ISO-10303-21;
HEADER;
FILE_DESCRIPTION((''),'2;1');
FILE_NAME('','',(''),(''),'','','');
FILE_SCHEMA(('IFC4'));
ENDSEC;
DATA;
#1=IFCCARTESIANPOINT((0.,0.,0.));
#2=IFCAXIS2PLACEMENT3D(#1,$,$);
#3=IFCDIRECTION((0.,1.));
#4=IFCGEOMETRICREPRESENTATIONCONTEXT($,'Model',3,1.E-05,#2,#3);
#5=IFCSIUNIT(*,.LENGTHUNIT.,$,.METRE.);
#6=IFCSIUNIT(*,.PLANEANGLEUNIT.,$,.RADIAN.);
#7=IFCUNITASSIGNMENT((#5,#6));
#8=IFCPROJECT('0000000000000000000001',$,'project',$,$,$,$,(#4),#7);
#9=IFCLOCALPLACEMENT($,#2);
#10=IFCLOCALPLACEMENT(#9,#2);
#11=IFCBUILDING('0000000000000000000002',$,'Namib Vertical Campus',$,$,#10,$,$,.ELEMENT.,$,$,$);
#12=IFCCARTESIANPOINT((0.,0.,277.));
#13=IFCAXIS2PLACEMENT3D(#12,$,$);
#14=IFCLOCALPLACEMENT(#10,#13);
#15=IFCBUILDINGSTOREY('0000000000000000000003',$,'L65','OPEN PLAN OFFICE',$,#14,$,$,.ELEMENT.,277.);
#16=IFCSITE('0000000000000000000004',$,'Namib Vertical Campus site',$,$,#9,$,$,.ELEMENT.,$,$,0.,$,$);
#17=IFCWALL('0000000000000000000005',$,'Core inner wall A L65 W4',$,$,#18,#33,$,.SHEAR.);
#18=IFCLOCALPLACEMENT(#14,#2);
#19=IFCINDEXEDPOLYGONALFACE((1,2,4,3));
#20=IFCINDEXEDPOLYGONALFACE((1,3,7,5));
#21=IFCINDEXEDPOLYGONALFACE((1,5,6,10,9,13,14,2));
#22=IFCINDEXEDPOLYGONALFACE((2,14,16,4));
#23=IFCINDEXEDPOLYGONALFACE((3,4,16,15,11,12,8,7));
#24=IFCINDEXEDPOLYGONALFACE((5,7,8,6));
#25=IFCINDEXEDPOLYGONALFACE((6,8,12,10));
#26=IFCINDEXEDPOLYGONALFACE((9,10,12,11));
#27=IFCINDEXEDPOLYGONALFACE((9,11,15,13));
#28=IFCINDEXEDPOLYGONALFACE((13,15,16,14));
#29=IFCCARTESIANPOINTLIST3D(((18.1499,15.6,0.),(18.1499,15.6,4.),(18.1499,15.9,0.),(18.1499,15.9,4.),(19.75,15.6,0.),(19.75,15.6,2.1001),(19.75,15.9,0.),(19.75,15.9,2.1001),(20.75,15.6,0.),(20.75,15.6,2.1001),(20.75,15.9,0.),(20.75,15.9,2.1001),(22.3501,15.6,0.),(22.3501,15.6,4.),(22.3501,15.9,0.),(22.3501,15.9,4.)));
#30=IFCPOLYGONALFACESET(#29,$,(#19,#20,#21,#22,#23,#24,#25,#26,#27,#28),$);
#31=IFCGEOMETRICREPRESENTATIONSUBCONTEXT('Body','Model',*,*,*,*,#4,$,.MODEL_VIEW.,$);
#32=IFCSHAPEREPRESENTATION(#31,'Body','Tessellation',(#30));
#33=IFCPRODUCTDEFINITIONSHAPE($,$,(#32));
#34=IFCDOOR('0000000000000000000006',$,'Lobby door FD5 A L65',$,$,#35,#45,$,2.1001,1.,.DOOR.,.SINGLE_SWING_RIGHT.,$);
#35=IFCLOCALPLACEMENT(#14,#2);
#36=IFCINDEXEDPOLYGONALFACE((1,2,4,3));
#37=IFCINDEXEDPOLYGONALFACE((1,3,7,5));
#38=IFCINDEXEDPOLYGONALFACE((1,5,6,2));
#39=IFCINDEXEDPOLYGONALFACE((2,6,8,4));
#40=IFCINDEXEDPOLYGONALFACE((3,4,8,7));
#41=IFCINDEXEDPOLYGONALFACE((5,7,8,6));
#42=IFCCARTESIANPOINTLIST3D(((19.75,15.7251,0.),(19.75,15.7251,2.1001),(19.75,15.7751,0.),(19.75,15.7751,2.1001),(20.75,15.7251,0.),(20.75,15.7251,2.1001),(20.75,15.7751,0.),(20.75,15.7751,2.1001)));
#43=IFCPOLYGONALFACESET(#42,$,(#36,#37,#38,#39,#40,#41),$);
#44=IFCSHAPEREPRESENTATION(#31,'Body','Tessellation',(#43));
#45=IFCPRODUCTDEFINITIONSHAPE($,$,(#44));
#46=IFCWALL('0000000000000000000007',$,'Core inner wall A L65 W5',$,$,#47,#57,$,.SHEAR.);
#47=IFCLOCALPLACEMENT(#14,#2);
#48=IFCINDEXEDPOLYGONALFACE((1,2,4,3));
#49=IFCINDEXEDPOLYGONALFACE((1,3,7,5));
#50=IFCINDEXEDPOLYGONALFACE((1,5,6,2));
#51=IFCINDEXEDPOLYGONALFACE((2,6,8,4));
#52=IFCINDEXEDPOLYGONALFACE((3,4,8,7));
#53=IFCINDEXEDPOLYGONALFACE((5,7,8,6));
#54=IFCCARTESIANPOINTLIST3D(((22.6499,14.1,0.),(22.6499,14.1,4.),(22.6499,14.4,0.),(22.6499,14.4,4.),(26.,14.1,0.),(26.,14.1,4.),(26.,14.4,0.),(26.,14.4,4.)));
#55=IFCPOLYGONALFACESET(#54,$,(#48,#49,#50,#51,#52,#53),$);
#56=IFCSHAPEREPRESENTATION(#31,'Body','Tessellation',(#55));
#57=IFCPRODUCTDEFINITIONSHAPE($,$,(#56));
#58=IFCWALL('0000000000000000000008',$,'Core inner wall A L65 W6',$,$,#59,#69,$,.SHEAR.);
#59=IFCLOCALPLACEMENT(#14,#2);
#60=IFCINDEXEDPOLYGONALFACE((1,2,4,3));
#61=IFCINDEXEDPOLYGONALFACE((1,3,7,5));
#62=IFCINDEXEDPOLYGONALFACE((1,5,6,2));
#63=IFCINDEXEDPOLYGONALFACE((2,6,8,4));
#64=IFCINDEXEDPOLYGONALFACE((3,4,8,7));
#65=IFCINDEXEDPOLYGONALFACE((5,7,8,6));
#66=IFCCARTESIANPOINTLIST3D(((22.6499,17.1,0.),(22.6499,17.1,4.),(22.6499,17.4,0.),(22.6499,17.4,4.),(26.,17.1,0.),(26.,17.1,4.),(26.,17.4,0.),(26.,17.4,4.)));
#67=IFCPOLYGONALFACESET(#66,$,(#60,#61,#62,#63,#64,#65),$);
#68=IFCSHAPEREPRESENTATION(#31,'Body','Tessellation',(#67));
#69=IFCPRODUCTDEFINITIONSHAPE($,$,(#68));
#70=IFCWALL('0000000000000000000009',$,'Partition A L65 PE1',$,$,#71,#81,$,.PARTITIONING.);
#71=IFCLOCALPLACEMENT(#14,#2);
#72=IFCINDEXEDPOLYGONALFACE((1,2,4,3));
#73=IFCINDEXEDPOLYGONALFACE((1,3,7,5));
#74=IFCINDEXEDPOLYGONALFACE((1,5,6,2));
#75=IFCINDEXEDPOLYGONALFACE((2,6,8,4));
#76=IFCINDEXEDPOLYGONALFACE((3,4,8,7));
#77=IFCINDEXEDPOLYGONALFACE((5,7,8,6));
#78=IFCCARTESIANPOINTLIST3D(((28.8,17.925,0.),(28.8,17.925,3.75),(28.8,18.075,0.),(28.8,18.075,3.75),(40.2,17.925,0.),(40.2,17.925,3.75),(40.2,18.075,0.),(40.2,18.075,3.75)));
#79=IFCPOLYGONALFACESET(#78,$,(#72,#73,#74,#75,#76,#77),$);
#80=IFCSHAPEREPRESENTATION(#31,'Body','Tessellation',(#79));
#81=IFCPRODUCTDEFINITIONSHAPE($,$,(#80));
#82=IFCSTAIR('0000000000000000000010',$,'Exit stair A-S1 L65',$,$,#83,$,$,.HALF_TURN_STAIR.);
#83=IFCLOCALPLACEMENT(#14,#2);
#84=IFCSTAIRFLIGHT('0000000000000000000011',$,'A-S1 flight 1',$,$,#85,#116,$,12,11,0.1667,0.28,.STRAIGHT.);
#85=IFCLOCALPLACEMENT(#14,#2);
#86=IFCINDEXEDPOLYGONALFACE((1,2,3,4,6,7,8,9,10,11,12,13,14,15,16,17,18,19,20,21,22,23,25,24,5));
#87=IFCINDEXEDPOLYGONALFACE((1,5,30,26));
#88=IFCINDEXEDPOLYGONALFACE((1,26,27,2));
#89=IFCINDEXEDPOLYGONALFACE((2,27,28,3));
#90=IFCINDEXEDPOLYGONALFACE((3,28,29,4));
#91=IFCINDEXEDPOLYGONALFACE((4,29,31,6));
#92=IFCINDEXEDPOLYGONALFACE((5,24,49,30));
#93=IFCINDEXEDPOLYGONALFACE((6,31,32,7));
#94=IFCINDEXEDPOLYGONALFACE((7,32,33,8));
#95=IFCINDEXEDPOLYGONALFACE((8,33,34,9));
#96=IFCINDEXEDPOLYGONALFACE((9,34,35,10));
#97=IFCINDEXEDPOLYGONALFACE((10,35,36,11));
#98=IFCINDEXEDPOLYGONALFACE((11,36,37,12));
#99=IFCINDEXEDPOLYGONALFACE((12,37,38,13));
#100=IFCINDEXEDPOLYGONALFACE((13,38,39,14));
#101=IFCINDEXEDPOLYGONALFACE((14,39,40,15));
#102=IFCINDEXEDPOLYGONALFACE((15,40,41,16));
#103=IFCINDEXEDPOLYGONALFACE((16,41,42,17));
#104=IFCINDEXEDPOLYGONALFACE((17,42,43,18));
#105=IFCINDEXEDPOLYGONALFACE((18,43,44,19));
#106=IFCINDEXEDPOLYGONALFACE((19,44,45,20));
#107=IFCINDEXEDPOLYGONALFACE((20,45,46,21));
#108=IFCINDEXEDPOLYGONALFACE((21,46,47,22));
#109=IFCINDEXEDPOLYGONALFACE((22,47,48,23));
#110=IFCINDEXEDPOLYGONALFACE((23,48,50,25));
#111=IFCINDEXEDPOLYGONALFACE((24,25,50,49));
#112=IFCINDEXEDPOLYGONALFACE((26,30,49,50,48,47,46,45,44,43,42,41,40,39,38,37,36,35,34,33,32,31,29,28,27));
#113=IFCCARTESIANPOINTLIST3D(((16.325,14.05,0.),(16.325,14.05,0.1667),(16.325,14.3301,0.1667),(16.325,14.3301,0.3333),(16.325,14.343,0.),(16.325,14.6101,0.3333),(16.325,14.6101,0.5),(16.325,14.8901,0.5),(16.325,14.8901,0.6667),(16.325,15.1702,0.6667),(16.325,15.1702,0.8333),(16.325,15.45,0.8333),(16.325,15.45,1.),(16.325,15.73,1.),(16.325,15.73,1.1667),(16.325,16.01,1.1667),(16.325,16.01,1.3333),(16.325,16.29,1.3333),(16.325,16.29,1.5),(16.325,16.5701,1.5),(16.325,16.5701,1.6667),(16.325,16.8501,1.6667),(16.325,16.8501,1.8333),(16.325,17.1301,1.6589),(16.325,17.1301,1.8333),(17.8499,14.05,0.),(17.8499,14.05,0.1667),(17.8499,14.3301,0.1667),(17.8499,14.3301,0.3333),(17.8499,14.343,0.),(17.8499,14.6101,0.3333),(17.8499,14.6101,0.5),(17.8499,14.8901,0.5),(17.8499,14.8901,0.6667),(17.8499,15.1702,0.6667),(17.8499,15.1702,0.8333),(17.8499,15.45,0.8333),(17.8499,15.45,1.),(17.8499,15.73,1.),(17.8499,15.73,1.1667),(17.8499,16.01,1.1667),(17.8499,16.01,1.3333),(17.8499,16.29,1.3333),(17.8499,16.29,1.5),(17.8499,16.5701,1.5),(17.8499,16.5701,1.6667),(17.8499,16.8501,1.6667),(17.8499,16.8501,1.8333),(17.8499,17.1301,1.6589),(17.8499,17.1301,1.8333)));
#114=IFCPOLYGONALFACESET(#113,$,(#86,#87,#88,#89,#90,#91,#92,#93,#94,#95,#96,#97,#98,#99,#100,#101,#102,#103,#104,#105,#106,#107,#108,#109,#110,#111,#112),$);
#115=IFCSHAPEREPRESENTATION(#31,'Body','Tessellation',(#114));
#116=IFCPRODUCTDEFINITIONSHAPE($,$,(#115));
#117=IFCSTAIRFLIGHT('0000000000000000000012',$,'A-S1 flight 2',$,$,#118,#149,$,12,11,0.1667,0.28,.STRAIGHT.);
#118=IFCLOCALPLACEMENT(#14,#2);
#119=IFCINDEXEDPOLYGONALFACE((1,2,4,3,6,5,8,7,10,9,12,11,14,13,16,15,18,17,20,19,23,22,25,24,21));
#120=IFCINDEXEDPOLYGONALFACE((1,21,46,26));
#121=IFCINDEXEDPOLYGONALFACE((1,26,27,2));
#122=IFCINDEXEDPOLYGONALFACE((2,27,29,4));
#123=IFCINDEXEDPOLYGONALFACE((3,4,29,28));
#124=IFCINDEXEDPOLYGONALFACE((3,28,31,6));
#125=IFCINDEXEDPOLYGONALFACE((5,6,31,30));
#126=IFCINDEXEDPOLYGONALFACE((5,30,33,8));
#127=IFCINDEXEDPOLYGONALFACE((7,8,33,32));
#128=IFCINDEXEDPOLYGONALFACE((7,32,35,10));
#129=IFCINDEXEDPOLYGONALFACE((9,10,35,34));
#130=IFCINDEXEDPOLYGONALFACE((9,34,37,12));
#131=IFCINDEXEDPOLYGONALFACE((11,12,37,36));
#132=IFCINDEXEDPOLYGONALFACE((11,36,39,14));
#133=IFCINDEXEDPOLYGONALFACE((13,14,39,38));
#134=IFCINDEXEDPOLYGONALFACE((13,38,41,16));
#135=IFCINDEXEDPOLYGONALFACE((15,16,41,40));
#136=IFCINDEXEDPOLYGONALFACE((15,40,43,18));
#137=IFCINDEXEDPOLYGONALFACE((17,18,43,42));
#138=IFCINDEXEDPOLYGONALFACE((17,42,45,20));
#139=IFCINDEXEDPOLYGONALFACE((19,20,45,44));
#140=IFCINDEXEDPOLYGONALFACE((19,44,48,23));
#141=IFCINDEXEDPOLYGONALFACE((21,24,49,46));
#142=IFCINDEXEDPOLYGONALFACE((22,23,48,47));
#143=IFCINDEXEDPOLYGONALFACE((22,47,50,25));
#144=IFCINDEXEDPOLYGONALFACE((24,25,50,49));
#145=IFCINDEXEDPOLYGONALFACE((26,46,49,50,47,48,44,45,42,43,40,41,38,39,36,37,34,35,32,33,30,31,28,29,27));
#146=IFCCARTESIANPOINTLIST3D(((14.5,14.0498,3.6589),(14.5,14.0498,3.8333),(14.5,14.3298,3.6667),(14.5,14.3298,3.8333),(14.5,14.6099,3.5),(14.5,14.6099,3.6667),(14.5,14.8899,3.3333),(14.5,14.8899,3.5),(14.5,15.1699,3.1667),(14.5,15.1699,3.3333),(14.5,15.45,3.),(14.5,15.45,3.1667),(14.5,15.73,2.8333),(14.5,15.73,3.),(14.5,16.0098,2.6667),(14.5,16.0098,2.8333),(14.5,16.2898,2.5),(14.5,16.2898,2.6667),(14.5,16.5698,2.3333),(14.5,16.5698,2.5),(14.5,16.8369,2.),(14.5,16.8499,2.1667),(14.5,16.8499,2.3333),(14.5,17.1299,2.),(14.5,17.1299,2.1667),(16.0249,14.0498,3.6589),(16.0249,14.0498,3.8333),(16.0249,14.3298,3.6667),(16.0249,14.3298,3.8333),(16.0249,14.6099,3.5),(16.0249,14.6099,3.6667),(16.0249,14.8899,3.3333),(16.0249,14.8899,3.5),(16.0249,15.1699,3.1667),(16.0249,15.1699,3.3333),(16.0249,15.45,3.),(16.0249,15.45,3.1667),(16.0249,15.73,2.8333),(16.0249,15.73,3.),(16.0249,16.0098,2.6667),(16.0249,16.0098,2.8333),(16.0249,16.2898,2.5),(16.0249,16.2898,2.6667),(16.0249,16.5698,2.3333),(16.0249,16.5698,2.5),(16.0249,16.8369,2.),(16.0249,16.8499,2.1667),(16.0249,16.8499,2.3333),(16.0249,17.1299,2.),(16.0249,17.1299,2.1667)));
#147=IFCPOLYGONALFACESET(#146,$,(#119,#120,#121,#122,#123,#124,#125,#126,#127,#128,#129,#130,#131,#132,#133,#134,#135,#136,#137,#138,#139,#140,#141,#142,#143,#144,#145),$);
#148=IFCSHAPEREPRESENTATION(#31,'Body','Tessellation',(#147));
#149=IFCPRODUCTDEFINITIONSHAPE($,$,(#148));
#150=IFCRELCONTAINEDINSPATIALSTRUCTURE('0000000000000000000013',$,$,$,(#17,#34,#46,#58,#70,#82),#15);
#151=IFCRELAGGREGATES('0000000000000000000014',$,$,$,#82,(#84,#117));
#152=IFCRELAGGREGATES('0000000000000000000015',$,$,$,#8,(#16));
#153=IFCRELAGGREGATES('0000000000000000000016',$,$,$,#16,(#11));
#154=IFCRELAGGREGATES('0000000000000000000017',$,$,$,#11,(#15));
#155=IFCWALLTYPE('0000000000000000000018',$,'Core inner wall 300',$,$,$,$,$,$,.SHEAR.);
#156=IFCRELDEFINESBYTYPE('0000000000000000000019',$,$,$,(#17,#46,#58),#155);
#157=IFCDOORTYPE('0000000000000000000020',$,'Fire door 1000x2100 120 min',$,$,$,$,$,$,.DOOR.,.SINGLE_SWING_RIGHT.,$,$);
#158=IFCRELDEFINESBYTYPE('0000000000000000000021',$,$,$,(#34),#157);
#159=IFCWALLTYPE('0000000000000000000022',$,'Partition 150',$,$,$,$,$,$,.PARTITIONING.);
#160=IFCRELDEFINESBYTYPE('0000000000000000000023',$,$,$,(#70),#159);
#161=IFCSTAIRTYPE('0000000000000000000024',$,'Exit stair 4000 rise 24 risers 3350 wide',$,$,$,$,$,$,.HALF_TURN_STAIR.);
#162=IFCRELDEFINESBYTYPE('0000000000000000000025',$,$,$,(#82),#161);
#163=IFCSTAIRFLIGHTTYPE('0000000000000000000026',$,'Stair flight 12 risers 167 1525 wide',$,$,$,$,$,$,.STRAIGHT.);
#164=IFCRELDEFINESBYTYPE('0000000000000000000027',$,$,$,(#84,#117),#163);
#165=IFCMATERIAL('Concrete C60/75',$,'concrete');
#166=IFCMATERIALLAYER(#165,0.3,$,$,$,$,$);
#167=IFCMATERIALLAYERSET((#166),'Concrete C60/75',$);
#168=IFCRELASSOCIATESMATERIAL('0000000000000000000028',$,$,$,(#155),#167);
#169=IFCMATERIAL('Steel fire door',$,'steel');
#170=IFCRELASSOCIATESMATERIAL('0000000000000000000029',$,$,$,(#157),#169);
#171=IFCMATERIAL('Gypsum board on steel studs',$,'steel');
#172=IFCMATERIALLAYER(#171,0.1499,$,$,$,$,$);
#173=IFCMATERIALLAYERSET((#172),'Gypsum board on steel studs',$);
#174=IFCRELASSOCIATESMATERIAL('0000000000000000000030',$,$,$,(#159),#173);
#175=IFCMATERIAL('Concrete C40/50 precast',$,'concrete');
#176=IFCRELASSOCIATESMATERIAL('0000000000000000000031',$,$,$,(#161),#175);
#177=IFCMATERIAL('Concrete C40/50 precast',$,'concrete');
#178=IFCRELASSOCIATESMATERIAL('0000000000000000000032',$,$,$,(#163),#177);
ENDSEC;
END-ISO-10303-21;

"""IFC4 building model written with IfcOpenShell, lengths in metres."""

from ifc_helpers import new_model, si_unit, direction, frame, frame_2d, origin, place, context, subcontext, project, spatial, polyline, rectangle, outline, extrude, material, layer, layer_set, type_object, element, fill, aggregate, save


model = new_model("IFC4")

# Units and contexts
model_context = context("Model", 3, precision=1e-05, world=origin(), true_north=direction((0.0, 1.0)))
body_context = subcontext(model_context, "Body", "Model", "MODEL_VIEW")
ifc_project = project(units=[si_unit("LENGTHUNIT", "METRE"), si_unit("PLANEANGLEUNIT", "RADIAN")], contexts=[model_context])

# Site, building, storey
site_placement = place(None, origin())
site = spatial("IfcSite", under=ifc_project, at=site_placement, Name="Namib Vertical Campus site", CompositionType="ELEMENT", RefElevation=0.0)
building_placement = place(site_placement, origin())
building = spatial("IfcBuilding", under=site, at=building_placement, Name="Namib Vertical Campus", CompositionType="ELEMENT")
storey_placement = place(building_placement, frame((0.0, 0.0, 277.0)))
storey = spatial("IfcBuildingStorey", under=building, at=storey_placement, Name="L65", Description="OPEN PLAN OFFICE", CompositionType="ELEMENT", Elevation=277.0)

# Wall, opening, door
ifc_material_1 = material(Name="Concrete C60/75", Category="concrete")
ifc_layer_1 = layer(ifc_material_1, 0.3)
ifc_layer_set_1 = layer_set([ifc_layer_1], Name="Concrete C60/75")
wall_type_1 = type_object("IfcWallType", Name="Core inner wall 300", PredefinedType="SHEAR", material=ifc_layer_set_1)
wall_1_placement = place(storey_placement, frame((18.1499, 15.75, 0.0), z_axis=(0.0, 0.0, 1.0), x_axis=(1.0, 0.0, 0.0)))
wall_1 = element("IfcWall", 1, at=wall_1_placement, inside=storey, type_object=wall_type_1, Name="Core inner wall A L65 W4", PredefinedType="SHEAR", context=body_context, shape_type="SweptSolid", body=[
    extrude(rectangle(XDim=4.2002, YDim=0.3, at=frame_2d((2.1001, 0.0))), origin(), (0.0, 0.0, 1.0), 4.0),
])
opening_placement = place(wall_1_placement, frame((1.6001, 0.0, 0.0)))
opening = element("IfcOpeningElement", 2, at=opening_placement, cuts=wall_1, PredefinedType="OPENING", context=body_context, shape_type="SweptSolid", body=[
    extrude(rectangle(XDim=1.0, YDim=2.1001, at=frame_2d((0.5, 1.05))), frame((0.0, 0.1599, 0.0), z_axis=(0.0, -1.0, 0.0), x_axis=(1.0, 0.0, 0.0)), (0.0, 0.0, 1.0), 0.3201),
])
ifc_material_2 = material(Name="Steel fire door", Category="steel")
door_type = type_object("IfcDoorType", Name="Fire door 1000x2100 120 min", OperationType="SINGLE_SWING_RIGHT", PredefinedType="DOOR", material=ifc_material_2)
door_placement = place(opening_placement, frame((1.0, 0.0, 0.0), z_axis=(0.0, 0.0, 1.0), x_axis=(-1.0, 0.0, 0.0)))
door = element("IfcDoor", 3, at=door_placement, inside=storey, type_object=door_type, Name="Lobby door FD5 A L65", OperationType="SINGLE_SWING_RIGHT", OverallHeight=2.1001, OverallWidth=1.0, PredefinedType="DOOR", context=body_context, shape_type="SweptSolid", body=[
    extrude(rectangle(XDim=1.0, YDim=2.1001, at=frame_2d((0.5, 1.05))), frame((0.0, 0.0249, 0.0), z_axis=(0.0, -1.0, 0.0), x_axis=(1.0, 0.0, 0.0)), (0.0, 0.0, 1.0), 0.05),
])
fill(opening, door)

# Walls
for number, where, z_axis, x_axis, name in (
    (4, (22.6499, 14.25, 0.0), (0.0, 0.0, 1.0), (1.0, 0.0, 0.0), "Core inner wall A L65 W5"),
    (5, (22.6499, 17.25, 0.0), (0.0, 0.0, 1.0), (1.0, 0.0, 0.0), "Core inner wall A L65 W6"),
):
    element("IfcWall", number, at=place(storey_placement, frame(where, z_axis=z_axis, x_axis=x_axis)), inside=storey, type_object=wall_type_1, Name=name, PredefinedType="SHEAR", context=body_context, shape_type="SweptSolid", body=[
        extrude(rectangle(XDim=3.3501, YDim=0.3, at=frame_2d((1.675, 0.0))), origin(), (0.0, 0.0, 1.0), 4.0),
    ])
ifc_material_3 = material(Name="Gypsum board on steel studs", Category="steel")
ifc_layer_2 = layer(ifc_material_3, 0.1499)
ifc_layer_set_2 = layer_set([ifc_layer_2], Name="Gypsum board on steel studs")
wall_type_2 = type_object("IfcWallType", Name="Partition 150", PredefinedType="PARTITIONING", material=ifc_layer_set_2)
wall_2_placement = place(storey_placement, frame((28.8, 18.0, 0.0), z_axis=(0.0, 0.0, 1.0), x_axis=(1.0, 0.0, 0.0)))
element("IfcWall", 6, at=wall_2_placement, inside=storey, type_object=wall_type_2, Name="Partition A L65 PE1", PredefinedType="PARTITIONING", context=body_context, shape_type="SweptSolid", body=[
    extrude(rectangle(XDim=11.3999, YDim=0.1499, at=frame_2d((5.7, 0.0))), origin(), (0.0, 0.0, 1.0), 3.75),
])

# Stair, stair flights
ifc_material_4 = material(Name="Concrete C40/50 precast", Category="concrete")
stair_type = type_object("IfcStairType", Name="Exit stair 4000 rise 24 risers 3350 wide", PredefinedType="HALF_TURN_STAIR", material=ifc_material_4)
stair_placement = place(storey_placement, origin())
stair = element("IfcStair", 7, at=stair_placement, inside=storey, type_object=stair_type, Name="Exit stair A-S1 L65", PredefinedType="HALF_TURN_STAIR")
ifc_material_5 = material(Name="Concrete C40/50 precast", Category="concrete")
stair_flight_type = type_object("IfcStairFlightType", Name="Stair flight 12 risers 167 1525 wide", PredefinedType="STRAIGHT", material=ifc_material_5)
stair_flight_1_placement = place(storey_placement, frame((17.0874, 14.05, 0.0), z_axis=(0.0, 0.0, 1.0), x_axis=(0.0, 1.0, 0.0)))
stair_flight_1 = element("IfcStairFlight", 8, at=stair_flight_1_placement, type_object=stair_flight_type, Name="A-S1 flight 1", NumberOfRisers=12, NumberOfTreads=11, PredefinedType="STRAIGHT", RiserHeight=0.1667, TreadLength=0.28, context=body_context, shape_type="SweptSolid", body=[
    extrude(outline(polyline([(0.0, 0.0), (0.0, 0.1667), (0.28, 0.1667), (0.28, 0.3333), (0.5601, 0.3333), (0.5601, 0.5), (0.8401, 0.5), (0.8401, 0.6667), (1.1201, 0.6667), (1.1201, 0.8333), (1.3999, 0.8333), (1.3999, 1.0), (1.6799, 1.0), (1.6799, 1.1667), (1.96, 1.1667), (1.96, 1.3333), (2.24, 1.3333), (2.24, 1.5), (2.52, 1.5), (2.52, 1.6667), (2.8, 1.6667), (2.8, 1.8333), (3.0801, 1.8333), (3.0801, 2.0), (3.0801, 1.6589), (0.293, 0.0), (0.0, 0.0)])), frame((0.0, 0.7625, 0.0), z_axis=(0.0, -1.0, 0.0), x_axis=(1.0, 0.0, 0.0)), (0.0, 0.0, 1.0), 1.5249),
])
stair_flight_2_placement = place(storey_placement, frame((15.2625, 17.1299, 2.0), z_axis=(0.0, 0.0, 1.0), x_axis=(0.0, -1.0, 0.0)))
stair_flight_2 = element("IfcStairFlight", 9, at=stair_flight_2_placement, type_object=stair_flight_type, Name="A-S1 flight 2", NumberOfRisers=12, NumberOfTreads=11, PredefinedType="STRAIGHT", RiserHeight=0.1667, TreadLength=0.28, context=body_context, shape_type="SweptSolid", body=[
    extrude(outline(polyline([(0.0, 0.0), (0.0, 0.1667), (0.28, 0.1667), (0.28, 0.3333), (0.5601, 0.3333), (0.5601, 0.5), (0.8401, 0.5), (0.8401, 0.6667), (1.1201, 0.6667), (1.1201, 0.8333), (1.3999, 0.8333), (1.3999, 1.0), (1.6799, 1.0), (1.6799, 1.1667), (1.96, 1.1667), (1.96, 1.3333), (2.24, 1.3333), (2.24, 1.5), (2.52, 1.5), (2.52, 1.6667), (2.8, 1.6667), (2.8, 1.8333), (3.0801, 1.8333), (3.0801, 2.0), (3.0801, 1.6589), (0.293, 0.0), (0.0, 0.0)])), frame((0.0, 0.7625, 0.0), z_axis=(0.0, -1.0, 0.0), x_axis=(1.0, 0.0, 0.0)), (0.0, 0.0, 1.0), 1.5249),
])
aggregate(stair, [stair_flight_1, stair_flight_2])

save(model, "model.ifc")
